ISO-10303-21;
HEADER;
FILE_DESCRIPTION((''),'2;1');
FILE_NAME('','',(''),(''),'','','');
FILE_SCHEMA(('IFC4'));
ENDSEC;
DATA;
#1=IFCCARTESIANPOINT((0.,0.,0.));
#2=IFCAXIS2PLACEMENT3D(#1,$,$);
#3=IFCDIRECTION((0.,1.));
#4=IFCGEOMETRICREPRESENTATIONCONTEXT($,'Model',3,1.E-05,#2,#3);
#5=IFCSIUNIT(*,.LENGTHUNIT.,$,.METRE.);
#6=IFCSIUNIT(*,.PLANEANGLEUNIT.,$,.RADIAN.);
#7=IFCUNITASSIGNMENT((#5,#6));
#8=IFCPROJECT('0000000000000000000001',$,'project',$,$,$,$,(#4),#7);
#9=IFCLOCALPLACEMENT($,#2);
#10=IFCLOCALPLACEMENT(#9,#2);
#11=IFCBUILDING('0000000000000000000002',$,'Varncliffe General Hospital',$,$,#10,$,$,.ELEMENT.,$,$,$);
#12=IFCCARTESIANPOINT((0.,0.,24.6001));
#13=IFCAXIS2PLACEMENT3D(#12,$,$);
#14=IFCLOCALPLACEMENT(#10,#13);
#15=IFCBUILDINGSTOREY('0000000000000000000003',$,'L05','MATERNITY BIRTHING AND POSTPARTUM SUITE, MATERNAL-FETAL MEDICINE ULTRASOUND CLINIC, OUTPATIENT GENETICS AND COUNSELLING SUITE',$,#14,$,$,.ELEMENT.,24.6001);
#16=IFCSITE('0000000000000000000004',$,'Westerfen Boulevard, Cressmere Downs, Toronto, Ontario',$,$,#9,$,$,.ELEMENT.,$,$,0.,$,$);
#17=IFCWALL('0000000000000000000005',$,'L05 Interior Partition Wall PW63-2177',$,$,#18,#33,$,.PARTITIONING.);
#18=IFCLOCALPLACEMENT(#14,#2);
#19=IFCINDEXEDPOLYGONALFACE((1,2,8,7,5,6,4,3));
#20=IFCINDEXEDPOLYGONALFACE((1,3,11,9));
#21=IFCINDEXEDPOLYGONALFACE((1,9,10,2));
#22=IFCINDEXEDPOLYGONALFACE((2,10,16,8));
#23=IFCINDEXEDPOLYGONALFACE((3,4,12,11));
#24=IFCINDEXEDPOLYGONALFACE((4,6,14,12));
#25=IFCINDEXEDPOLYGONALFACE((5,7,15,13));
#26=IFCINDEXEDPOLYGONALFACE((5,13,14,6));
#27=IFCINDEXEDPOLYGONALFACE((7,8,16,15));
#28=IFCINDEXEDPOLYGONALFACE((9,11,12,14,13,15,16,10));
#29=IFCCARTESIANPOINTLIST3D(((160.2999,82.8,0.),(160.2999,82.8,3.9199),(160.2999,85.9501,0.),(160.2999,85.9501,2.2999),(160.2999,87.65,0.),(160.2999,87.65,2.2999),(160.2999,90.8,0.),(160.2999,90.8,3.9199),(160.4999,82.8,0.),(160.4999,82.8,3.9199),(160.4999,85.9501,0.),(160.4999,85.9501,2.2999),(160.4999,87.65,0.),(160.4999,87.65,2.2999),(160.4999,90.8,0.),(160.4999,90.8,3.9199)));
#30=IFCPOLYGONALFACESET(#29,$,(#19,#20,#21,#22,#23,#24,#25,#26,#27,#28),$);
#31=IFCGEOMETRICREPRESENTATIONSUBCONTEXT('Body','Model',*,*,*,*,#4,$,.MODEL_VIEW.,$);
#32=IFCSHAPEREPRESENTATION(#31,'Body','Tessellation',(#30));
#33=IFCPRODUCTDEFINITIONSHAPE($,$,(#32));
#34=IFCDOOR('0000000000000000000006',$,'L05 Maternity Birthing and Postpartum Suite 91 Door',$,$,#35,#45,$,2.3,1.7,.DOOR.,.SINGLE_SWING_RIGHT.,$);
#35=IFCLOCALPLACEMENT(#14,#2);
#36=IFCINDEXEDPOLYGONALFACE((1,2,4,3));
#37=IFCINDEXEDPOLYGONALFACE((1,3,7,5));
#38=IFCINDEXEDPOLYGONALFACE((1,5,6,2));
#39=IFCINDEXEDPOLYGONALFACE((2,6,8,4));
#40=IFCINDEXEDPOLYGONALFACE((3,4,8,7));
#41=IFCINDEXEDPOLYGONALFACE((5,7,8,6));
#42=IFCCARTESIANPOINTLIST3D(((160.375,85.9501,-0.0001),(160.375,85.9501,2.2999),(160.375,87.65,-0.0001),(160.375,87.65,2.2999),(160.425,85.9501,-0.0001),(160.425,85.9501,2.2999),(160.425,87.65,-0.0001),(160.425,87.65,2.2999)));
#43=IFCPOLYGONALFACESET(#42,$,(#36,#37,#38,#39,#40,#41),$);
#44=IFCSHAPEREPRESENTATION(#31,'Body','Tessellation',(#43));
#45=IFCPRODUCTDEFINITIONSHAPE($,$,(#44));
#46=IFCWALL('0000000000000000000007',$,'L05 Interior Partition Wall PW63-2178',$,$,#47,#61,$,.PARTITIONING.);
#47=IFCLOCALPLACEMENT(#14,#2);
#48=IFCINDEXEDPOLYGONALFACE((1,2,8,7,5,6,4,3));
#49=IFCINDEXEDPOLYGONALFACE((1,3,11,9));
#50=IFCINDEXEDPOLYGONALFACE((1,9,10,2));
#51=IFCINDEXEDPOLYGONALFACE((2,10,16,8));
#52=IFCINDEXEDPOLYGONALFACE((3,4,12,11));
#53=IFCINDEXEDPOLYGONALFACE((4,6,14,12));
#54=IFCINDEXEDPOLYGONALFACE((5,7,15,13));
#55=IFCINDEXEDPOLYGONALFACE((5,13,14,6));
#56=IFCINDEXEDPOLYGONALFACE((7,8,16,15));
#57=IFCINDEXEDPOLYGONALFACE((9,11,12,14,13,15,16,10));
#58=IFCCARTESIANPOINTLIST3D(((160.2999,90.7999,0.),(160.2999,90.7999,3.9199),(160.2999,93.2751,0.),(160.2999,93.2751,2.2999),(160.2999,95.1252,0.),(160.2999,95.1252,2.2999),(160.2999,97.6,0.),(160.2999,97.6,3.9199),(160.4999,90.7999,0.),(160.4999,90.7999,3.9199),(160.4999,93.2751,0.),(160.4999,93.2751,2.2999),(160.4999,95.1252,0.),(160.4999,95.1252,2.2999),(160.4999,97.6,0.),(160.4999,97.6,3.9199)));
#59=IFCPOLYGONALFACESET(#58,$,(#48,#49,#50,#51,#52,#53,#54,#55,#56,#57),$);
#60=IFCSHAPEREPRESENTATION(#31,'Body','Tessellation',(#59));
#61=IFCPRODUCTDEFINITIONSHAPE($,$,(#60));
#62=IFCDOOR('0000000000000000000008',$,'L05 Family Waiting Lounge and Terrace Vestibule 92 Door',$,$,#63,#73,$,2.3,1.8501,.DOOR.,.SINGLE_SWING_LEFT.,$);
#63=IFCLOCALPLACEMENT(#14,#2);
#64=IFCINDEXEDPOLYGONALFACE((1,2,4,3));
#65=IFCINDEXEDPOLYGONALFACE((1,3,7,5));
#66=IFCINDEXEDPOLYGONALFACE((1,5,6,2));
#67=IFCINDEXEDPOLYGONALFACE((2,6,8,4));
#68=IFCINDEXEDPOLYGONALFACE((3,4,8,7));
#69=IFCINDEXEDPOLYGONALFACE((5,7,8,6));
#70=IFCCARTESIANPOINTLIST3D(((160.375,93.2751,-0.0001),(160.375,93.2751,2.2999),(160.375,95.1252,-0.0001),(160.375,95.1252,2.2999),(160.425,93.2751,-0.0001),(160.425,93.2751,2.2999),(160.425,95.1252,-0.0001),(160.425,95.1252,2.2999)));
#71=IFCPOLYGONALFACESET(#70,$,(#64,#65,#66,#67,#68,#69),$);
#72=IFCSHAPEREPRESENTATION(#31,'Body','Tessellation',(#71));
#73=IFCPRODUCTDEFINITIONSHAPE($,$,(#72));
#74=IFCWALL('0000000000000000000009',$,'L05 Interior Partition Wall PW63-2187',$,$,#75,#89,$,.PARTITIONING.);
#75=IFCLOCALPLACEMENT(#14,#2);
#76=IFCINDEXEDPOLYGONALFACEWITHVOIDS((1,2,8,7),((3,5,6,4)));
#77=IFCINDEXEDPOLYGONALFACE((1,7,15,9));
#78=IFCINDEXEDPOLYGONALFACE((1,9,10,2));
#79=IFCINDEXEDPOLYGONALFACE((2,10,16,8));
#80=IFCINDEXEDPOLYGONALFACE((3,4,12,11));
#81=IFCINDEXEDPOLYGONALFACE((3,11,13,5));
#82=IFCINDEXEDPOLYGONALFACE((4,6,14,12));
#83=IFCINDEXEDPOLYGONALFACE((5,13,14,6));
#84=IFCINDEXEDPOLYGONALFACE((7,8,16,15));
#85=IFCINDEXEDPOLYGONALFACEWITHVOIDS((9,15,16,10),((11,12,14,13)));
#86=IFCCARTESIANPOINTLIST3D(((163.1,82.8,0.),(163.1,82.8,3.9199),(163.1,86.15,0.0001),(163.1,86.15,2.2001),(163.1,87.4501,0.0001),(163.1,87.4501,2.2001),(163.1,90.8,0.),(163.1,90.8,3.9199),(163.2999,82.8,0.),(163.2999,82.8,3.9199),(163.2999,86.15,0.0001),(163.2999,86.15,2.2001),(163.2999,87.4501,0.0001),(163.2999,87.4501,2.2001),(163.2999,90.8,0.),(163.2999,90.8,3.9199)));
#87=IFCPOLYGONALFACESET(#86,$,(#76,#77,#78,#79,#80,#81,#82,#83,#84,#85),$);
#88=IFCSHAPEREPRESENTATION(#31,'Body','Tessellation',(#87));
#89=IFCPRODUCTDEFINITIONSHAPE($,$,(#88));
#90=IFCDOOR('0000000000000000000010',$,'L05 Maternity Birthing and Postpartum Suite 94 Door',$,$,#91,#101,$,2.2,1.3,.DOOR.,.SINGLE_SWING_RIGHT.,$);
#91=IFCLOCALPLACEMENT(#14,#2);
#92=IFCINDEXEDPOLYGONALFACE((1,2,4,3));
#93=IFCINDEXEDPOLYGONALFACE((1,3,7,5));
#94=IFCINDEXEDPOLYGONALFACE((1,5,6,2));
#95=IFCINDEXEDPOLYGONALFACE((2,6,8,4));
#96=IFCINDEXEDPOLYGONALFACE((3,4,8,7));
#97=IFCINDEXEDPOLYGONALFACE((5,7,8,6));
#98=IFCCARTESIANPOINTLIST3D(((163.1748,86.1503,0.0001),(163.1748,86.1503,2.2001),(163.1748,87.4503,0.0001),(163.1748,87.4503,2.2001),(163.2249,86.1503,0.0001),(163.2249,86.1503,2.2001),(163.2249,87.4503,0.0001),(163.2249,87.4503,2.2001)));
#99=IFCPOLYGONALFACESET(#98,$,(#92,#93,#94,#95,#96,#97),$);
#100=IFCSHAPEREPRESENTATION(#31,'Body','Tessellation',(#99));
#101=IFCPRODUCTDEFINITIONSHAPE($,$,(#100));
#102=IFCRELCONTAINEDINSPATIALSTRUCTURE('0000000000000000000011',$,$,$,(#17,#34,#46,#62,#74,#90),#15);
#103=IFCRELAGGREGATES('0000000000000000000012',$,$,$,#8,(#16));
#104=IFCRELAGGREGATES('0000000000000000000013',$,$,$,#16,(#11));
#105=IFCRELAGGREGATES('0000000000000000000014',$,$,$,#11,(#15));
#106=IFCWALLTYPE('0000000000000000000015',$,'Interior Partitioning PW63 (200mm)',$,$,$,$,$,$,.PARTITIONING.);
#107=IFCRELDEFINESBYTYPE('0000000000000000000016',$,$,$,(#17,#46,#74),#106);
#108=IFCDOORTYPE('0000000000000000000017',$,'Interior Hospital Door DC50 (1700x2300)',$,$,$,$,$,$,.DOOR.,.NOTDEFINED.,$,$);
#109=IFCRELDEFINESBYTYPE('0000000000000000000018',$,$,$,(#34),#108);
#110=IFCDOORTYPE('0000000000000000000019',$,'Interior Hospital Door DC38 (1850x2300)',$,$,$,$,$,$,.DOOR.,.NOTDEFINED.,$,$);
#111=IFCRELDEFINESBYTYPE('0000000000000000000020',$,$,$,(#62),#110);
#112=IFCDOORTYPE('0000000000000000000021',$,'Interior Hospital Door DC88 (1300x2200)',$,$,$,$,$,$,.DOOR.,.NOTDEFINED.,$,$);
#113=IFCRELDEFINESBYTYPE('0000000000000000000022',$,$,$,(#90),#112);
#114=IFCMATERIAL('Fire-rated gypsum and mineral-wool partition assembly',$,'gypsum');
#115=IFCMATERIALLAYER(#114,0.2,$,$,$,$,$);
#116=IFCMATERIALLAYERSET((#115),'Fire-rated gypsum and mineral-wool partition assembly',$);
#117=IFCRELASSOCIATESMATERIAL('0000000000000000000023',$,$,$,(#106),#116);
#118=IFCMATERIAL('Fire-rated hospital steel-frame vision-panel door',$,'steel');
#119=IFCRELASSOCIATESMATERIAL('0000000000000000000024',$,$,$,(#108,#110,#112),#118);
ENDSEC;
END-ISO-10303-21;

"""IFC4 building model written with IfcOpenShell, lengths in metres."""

from ifc_helpers import new_model, si_unit, direction, frame, frame_2d, origin, place, context, subcontext, project, spatial, rectangle, extrude, material, layer, layer_set, type_object, element, fill, save


model = new_model("IFC4")

# Units and contexts
model_context = context("Model", 3, precision=1e-05, world=origin(), true_north=direction((0.0, 1.0)))
body_context = subcontext(model_context, "Body", "Model", "MODEL_VIEW")
ifc_project = project(units=[si_unit("LENGTHUNIT", "METRE"), si_unit("PLANEANGLEUNIT", "RADIAN")], contexts=[model_context])

# Site, building, storey
site_placement = place(None, origin())
site = spatial("IfcSite", under=ifc_project, at=site_placement, Name="Westerfen Boulevard, Cressmere Downs, Toronto, Ontario", CompositionType="ELEMENT", RefElevation=0.0)
building_placement = place(site_placement, origin())
building = spatial("IfcBuilding", under=site, at=building_placement, Name="Varncliffe General Hospital", CompositionType="ELEMENT")
storey_placement = place(building_placement, frame((0.0, 0.0, 24.6001)))
storey = spatial("IfcBuildingStorey", under=building, at=storey_placement, Name="L05", Description="MATERNITY BIRTHING AND POSTPARTUM SUITE, MATERNAL-FETAL MEDICINE ULTRASOUND CLINIC, OUTPATIENT GENETICS AND COUNSELLING SUITE", CompositionType="ELEMENT", Elevation=24.6001)

# Shared definitions
ifc_material_1 = material(Name="Fire-rated gypsum and mineral-wool partition assembly", Category="gypsum")

# Walls, openings, doors
ifc_layer_1 = layer(ifc_material_1, 0.2)
ifc_layer_set_1 = layer_set([ifc_layer_1], Name="Fire-rated gypsum and mineral-wool partition assembly")
wall_type_1 = type_object("IfcWallType", Name="Interior Partitioning PW63 (200mm)", PredefinedType="PARTITIONING", material=ifc_layer_set_1)
ifc_material_2 = material(Name="Fire-rated hospital steel-frame vision-panel door", Category="steel")
wall_1_placement = place(storey_placement, frame((160.3999, 82.8, 0.0), z_axis=(0.0, 0.0, 1.0), x_axis=(0.0, 1.0, 0.0)))
wall_1 = element("IfcWall", 1, at=wall_1_placement, inside=storey, type_object=wall_type_1, Name="L05 Interior Partition Wall PW63-2177", PredefinedType="PARTITIONING", context=body_context, shape_type="SweptSolid", body=[
    extrude(rectangle(XDim=8.0, YDim=0.2, at=frame_2d((4.0, 0.0))), origin(), (0.0, 0.0, 1.0), 3.9199),
])
opening_1_placement = place(wall_1_placement, frame((3.1499, 0.0, 0.0)))
opening_1 = element("IfcOpeningElement", 2, at=opening_1_placement, cuts=wall_1, PredefinedType="OPENING", context=body_context, shape_type="SweptSolid", body=[
    extrude(rectangle(XDim=1.7, YDim=2.3, at=frame_2d((0.8501, 1.1499))), frame((0.0, 0.1099, 0.0), z_axis=(0.0, -1.0, 0.0), x_axis=(1.0, 0.0, 0.0)), (0.0, 0.0, 1.0), 0.22),
])
door_type_1 = type_object("IfcDoorType", Name="Interior Hospital Door DC50 (1700x2300)", OperationType="NOTDEFINED", PredefinedType="DOOR", material=ifc_material_2)
door_1_placement = place(opening_1_placement, origin())
door_1 = element("IfcDoor", 3, at=door_1_placement, inside=storey, type_object=door_type_1, Name="L05 Maternity Birthing and Postpartum Suite 91 Door", OperationType="SINGLE_SWING_RIGHT", OverallHeight=2.3, OverallWidth=1.7, PredefinedType="DOOR", context=body_context, shape_type="SweptSolid", body=[
    extrude(rectangle(XDim=1.7, YDim=2.3, at=frame_2d((0.8501, 1.1499))), frame((0.0, 0.0249, 0.0), z_axis=(0.0, -1.0, 0.0), x_axis=(1.0, 0.0, 0.0)), (0.0, 0.0, 1.0), 0.05),
])
fill(opening_1, door_1)
wall_2_placement = place(storey_placement, frame((160.3999, 90.8, 0.0), z_axis=(0.0, 0.0, 1.0), x_axis=(0.0, 1.0, 0.0)))
wall_2 = element("IfcWall", 4, at=wall_2_placement, inside=storey, type_object=wall_type_1, Name="L05 Interior Partition Wall PW63-2178", PredefinedType="PARTITIONING", context=body_context, shape_type="SweptSolid", body=[
    extrude(rectangle(XDim=6.8, YDim=0.2, at=frame_2d((3.3999, 0.0))), origin(), (0.0, 0.0, 1.0), 3.9199),
])
opening_2_placement = place(wall_2_placement, frame((2.4751, 0.0, 0.0)))
opening_2 = element("IfcOpeningElement", 5, at=opening_2_placement, cuts=wall_2, PredefinedType="OPENING", context=body_context, shape_type="SweptSolid", body=[
    extrude(rectangle(XDim=1.8501, YDim=2.3, at=frame_2d((0.925, 1.1499))), frame((0.0, 0.1099, 0.0), z_axis=(0.0, -1.0, 0.0), x_axis=(1.0, 0.0, 0.0)), (0.0, 0.0, 1.0), 0.22),
])
door_type_2 = type_object("IfcDoorType", Name="Interior Hospital Door DC38 (1850x2300)", OperationType="NOTDEFINED", PredefinedType="DOOR", material=ifc_material_2)
door_2_placement = place(opening_2_placement, origin())
door_2 = element("IfcDoor", 6, at=door_2_placement, inside=storey, type_object=door_type_2, Name="L05 Family Waiting Lounge and Terrace Vestibule 92 Door", OperationType="SINGLE_SWING_LEFT", OverallHeight=2.3, OverallWidth=1.8501, PredefinedType="DOOR", context=body_context, shape_type="SweptSolid", body=[
    extrude(rectangle(XDim=1.8501, YDim=2.3, at=frame_2d((0.925, 1.1499))), frame((0.0, 0.0249, 0.0), z_axis=(0.0, -1.0, 0.0), x_axis=(1.0, 0.0, 0.0)), (0.0, 0.0, 1.0), 0.05),
])
fill(opening_2, door_2)
wall_3_placement = place(storey_placement, frame((163.2, 82.8, 0.0), z_axis=(0.0, 0.0, 1.0), x_axis=(0.0, 1.0, 0.0)))
wall_3 = element("IfcWall", 7, at=wall_3_placement, inside=storey, type_object=wall_type_1, Name="L05 Interior Partition Wall PW63-2187", PredefinedType="PARTITIONING", context=body_context, shape_type="SweptSolid", body=[
    extrude(rectangle(XDim=8.0, YDim=0.2, at=frame_2d((4.0, 0.0))), origin(), (0.0, 0.0, 1.0), 3.9199),
])
opening_3_placement = place(wall_3_placement, frame((3.3501, 0.0, 0.0)))
opening_3 = element("IfcOpeningElement", 8, at=opening_3_placement, cuts=wall_3, PredefinedType="OPENING", context=body_context, shape_type="SweptSolid", body=[
    extrude(rectangle(XDim=1.3, YDim=2.2, at=frame_2d((0.6499, 1.1001))), frame((0.0, 0.1099, 0.0), z_axis=(0.0, -1.0, 0.0), x_axis=(1.0, 0.0, 0.0)), (0.0, 0.0, 1.0), 0.22),
])
door_type_3 = type_object("IfcDoorType", Name="Interior Hospital Door DC88 (1300x2200)", OperationType="NOTDEFINED", PredefinedType="DOOR", material=ifc_material_2)
door_3_placement = place(opening_3_placement, frame((1.3, 0.0, 0.0), z_axis=(0.0, 0.0, 1.0), x_axis=(-1.0, 0.0, 0.0)))
door_3 = element("IfcDoor", 9, at=door_3_placement, inside=storey, type_object=door_type_3, Name="L05 Maternity Birthing and Postpartum Suite 94 Door", OperationType="SINGLE_SWING_RIGHT", OverallHeight=2.2, OverallWidth=1.3, PredefinedType="DOOR", context=body_context, shape_type="SweptSolid", body=[
    extrude(rectangle(XDim=1.3, YDim=2.2, at=frame_2d((0.6499, 1.1001))), frame((0.0, 0.0249, 0.0), z_axis=(0.0, -1.0, 0.0), x_axis=(1.0, 0.0, 0.0)), (0.0, 0.0, 1.0), 0.05),
])
fill(opening_3, door_3)

save(model, "model.ifc")
